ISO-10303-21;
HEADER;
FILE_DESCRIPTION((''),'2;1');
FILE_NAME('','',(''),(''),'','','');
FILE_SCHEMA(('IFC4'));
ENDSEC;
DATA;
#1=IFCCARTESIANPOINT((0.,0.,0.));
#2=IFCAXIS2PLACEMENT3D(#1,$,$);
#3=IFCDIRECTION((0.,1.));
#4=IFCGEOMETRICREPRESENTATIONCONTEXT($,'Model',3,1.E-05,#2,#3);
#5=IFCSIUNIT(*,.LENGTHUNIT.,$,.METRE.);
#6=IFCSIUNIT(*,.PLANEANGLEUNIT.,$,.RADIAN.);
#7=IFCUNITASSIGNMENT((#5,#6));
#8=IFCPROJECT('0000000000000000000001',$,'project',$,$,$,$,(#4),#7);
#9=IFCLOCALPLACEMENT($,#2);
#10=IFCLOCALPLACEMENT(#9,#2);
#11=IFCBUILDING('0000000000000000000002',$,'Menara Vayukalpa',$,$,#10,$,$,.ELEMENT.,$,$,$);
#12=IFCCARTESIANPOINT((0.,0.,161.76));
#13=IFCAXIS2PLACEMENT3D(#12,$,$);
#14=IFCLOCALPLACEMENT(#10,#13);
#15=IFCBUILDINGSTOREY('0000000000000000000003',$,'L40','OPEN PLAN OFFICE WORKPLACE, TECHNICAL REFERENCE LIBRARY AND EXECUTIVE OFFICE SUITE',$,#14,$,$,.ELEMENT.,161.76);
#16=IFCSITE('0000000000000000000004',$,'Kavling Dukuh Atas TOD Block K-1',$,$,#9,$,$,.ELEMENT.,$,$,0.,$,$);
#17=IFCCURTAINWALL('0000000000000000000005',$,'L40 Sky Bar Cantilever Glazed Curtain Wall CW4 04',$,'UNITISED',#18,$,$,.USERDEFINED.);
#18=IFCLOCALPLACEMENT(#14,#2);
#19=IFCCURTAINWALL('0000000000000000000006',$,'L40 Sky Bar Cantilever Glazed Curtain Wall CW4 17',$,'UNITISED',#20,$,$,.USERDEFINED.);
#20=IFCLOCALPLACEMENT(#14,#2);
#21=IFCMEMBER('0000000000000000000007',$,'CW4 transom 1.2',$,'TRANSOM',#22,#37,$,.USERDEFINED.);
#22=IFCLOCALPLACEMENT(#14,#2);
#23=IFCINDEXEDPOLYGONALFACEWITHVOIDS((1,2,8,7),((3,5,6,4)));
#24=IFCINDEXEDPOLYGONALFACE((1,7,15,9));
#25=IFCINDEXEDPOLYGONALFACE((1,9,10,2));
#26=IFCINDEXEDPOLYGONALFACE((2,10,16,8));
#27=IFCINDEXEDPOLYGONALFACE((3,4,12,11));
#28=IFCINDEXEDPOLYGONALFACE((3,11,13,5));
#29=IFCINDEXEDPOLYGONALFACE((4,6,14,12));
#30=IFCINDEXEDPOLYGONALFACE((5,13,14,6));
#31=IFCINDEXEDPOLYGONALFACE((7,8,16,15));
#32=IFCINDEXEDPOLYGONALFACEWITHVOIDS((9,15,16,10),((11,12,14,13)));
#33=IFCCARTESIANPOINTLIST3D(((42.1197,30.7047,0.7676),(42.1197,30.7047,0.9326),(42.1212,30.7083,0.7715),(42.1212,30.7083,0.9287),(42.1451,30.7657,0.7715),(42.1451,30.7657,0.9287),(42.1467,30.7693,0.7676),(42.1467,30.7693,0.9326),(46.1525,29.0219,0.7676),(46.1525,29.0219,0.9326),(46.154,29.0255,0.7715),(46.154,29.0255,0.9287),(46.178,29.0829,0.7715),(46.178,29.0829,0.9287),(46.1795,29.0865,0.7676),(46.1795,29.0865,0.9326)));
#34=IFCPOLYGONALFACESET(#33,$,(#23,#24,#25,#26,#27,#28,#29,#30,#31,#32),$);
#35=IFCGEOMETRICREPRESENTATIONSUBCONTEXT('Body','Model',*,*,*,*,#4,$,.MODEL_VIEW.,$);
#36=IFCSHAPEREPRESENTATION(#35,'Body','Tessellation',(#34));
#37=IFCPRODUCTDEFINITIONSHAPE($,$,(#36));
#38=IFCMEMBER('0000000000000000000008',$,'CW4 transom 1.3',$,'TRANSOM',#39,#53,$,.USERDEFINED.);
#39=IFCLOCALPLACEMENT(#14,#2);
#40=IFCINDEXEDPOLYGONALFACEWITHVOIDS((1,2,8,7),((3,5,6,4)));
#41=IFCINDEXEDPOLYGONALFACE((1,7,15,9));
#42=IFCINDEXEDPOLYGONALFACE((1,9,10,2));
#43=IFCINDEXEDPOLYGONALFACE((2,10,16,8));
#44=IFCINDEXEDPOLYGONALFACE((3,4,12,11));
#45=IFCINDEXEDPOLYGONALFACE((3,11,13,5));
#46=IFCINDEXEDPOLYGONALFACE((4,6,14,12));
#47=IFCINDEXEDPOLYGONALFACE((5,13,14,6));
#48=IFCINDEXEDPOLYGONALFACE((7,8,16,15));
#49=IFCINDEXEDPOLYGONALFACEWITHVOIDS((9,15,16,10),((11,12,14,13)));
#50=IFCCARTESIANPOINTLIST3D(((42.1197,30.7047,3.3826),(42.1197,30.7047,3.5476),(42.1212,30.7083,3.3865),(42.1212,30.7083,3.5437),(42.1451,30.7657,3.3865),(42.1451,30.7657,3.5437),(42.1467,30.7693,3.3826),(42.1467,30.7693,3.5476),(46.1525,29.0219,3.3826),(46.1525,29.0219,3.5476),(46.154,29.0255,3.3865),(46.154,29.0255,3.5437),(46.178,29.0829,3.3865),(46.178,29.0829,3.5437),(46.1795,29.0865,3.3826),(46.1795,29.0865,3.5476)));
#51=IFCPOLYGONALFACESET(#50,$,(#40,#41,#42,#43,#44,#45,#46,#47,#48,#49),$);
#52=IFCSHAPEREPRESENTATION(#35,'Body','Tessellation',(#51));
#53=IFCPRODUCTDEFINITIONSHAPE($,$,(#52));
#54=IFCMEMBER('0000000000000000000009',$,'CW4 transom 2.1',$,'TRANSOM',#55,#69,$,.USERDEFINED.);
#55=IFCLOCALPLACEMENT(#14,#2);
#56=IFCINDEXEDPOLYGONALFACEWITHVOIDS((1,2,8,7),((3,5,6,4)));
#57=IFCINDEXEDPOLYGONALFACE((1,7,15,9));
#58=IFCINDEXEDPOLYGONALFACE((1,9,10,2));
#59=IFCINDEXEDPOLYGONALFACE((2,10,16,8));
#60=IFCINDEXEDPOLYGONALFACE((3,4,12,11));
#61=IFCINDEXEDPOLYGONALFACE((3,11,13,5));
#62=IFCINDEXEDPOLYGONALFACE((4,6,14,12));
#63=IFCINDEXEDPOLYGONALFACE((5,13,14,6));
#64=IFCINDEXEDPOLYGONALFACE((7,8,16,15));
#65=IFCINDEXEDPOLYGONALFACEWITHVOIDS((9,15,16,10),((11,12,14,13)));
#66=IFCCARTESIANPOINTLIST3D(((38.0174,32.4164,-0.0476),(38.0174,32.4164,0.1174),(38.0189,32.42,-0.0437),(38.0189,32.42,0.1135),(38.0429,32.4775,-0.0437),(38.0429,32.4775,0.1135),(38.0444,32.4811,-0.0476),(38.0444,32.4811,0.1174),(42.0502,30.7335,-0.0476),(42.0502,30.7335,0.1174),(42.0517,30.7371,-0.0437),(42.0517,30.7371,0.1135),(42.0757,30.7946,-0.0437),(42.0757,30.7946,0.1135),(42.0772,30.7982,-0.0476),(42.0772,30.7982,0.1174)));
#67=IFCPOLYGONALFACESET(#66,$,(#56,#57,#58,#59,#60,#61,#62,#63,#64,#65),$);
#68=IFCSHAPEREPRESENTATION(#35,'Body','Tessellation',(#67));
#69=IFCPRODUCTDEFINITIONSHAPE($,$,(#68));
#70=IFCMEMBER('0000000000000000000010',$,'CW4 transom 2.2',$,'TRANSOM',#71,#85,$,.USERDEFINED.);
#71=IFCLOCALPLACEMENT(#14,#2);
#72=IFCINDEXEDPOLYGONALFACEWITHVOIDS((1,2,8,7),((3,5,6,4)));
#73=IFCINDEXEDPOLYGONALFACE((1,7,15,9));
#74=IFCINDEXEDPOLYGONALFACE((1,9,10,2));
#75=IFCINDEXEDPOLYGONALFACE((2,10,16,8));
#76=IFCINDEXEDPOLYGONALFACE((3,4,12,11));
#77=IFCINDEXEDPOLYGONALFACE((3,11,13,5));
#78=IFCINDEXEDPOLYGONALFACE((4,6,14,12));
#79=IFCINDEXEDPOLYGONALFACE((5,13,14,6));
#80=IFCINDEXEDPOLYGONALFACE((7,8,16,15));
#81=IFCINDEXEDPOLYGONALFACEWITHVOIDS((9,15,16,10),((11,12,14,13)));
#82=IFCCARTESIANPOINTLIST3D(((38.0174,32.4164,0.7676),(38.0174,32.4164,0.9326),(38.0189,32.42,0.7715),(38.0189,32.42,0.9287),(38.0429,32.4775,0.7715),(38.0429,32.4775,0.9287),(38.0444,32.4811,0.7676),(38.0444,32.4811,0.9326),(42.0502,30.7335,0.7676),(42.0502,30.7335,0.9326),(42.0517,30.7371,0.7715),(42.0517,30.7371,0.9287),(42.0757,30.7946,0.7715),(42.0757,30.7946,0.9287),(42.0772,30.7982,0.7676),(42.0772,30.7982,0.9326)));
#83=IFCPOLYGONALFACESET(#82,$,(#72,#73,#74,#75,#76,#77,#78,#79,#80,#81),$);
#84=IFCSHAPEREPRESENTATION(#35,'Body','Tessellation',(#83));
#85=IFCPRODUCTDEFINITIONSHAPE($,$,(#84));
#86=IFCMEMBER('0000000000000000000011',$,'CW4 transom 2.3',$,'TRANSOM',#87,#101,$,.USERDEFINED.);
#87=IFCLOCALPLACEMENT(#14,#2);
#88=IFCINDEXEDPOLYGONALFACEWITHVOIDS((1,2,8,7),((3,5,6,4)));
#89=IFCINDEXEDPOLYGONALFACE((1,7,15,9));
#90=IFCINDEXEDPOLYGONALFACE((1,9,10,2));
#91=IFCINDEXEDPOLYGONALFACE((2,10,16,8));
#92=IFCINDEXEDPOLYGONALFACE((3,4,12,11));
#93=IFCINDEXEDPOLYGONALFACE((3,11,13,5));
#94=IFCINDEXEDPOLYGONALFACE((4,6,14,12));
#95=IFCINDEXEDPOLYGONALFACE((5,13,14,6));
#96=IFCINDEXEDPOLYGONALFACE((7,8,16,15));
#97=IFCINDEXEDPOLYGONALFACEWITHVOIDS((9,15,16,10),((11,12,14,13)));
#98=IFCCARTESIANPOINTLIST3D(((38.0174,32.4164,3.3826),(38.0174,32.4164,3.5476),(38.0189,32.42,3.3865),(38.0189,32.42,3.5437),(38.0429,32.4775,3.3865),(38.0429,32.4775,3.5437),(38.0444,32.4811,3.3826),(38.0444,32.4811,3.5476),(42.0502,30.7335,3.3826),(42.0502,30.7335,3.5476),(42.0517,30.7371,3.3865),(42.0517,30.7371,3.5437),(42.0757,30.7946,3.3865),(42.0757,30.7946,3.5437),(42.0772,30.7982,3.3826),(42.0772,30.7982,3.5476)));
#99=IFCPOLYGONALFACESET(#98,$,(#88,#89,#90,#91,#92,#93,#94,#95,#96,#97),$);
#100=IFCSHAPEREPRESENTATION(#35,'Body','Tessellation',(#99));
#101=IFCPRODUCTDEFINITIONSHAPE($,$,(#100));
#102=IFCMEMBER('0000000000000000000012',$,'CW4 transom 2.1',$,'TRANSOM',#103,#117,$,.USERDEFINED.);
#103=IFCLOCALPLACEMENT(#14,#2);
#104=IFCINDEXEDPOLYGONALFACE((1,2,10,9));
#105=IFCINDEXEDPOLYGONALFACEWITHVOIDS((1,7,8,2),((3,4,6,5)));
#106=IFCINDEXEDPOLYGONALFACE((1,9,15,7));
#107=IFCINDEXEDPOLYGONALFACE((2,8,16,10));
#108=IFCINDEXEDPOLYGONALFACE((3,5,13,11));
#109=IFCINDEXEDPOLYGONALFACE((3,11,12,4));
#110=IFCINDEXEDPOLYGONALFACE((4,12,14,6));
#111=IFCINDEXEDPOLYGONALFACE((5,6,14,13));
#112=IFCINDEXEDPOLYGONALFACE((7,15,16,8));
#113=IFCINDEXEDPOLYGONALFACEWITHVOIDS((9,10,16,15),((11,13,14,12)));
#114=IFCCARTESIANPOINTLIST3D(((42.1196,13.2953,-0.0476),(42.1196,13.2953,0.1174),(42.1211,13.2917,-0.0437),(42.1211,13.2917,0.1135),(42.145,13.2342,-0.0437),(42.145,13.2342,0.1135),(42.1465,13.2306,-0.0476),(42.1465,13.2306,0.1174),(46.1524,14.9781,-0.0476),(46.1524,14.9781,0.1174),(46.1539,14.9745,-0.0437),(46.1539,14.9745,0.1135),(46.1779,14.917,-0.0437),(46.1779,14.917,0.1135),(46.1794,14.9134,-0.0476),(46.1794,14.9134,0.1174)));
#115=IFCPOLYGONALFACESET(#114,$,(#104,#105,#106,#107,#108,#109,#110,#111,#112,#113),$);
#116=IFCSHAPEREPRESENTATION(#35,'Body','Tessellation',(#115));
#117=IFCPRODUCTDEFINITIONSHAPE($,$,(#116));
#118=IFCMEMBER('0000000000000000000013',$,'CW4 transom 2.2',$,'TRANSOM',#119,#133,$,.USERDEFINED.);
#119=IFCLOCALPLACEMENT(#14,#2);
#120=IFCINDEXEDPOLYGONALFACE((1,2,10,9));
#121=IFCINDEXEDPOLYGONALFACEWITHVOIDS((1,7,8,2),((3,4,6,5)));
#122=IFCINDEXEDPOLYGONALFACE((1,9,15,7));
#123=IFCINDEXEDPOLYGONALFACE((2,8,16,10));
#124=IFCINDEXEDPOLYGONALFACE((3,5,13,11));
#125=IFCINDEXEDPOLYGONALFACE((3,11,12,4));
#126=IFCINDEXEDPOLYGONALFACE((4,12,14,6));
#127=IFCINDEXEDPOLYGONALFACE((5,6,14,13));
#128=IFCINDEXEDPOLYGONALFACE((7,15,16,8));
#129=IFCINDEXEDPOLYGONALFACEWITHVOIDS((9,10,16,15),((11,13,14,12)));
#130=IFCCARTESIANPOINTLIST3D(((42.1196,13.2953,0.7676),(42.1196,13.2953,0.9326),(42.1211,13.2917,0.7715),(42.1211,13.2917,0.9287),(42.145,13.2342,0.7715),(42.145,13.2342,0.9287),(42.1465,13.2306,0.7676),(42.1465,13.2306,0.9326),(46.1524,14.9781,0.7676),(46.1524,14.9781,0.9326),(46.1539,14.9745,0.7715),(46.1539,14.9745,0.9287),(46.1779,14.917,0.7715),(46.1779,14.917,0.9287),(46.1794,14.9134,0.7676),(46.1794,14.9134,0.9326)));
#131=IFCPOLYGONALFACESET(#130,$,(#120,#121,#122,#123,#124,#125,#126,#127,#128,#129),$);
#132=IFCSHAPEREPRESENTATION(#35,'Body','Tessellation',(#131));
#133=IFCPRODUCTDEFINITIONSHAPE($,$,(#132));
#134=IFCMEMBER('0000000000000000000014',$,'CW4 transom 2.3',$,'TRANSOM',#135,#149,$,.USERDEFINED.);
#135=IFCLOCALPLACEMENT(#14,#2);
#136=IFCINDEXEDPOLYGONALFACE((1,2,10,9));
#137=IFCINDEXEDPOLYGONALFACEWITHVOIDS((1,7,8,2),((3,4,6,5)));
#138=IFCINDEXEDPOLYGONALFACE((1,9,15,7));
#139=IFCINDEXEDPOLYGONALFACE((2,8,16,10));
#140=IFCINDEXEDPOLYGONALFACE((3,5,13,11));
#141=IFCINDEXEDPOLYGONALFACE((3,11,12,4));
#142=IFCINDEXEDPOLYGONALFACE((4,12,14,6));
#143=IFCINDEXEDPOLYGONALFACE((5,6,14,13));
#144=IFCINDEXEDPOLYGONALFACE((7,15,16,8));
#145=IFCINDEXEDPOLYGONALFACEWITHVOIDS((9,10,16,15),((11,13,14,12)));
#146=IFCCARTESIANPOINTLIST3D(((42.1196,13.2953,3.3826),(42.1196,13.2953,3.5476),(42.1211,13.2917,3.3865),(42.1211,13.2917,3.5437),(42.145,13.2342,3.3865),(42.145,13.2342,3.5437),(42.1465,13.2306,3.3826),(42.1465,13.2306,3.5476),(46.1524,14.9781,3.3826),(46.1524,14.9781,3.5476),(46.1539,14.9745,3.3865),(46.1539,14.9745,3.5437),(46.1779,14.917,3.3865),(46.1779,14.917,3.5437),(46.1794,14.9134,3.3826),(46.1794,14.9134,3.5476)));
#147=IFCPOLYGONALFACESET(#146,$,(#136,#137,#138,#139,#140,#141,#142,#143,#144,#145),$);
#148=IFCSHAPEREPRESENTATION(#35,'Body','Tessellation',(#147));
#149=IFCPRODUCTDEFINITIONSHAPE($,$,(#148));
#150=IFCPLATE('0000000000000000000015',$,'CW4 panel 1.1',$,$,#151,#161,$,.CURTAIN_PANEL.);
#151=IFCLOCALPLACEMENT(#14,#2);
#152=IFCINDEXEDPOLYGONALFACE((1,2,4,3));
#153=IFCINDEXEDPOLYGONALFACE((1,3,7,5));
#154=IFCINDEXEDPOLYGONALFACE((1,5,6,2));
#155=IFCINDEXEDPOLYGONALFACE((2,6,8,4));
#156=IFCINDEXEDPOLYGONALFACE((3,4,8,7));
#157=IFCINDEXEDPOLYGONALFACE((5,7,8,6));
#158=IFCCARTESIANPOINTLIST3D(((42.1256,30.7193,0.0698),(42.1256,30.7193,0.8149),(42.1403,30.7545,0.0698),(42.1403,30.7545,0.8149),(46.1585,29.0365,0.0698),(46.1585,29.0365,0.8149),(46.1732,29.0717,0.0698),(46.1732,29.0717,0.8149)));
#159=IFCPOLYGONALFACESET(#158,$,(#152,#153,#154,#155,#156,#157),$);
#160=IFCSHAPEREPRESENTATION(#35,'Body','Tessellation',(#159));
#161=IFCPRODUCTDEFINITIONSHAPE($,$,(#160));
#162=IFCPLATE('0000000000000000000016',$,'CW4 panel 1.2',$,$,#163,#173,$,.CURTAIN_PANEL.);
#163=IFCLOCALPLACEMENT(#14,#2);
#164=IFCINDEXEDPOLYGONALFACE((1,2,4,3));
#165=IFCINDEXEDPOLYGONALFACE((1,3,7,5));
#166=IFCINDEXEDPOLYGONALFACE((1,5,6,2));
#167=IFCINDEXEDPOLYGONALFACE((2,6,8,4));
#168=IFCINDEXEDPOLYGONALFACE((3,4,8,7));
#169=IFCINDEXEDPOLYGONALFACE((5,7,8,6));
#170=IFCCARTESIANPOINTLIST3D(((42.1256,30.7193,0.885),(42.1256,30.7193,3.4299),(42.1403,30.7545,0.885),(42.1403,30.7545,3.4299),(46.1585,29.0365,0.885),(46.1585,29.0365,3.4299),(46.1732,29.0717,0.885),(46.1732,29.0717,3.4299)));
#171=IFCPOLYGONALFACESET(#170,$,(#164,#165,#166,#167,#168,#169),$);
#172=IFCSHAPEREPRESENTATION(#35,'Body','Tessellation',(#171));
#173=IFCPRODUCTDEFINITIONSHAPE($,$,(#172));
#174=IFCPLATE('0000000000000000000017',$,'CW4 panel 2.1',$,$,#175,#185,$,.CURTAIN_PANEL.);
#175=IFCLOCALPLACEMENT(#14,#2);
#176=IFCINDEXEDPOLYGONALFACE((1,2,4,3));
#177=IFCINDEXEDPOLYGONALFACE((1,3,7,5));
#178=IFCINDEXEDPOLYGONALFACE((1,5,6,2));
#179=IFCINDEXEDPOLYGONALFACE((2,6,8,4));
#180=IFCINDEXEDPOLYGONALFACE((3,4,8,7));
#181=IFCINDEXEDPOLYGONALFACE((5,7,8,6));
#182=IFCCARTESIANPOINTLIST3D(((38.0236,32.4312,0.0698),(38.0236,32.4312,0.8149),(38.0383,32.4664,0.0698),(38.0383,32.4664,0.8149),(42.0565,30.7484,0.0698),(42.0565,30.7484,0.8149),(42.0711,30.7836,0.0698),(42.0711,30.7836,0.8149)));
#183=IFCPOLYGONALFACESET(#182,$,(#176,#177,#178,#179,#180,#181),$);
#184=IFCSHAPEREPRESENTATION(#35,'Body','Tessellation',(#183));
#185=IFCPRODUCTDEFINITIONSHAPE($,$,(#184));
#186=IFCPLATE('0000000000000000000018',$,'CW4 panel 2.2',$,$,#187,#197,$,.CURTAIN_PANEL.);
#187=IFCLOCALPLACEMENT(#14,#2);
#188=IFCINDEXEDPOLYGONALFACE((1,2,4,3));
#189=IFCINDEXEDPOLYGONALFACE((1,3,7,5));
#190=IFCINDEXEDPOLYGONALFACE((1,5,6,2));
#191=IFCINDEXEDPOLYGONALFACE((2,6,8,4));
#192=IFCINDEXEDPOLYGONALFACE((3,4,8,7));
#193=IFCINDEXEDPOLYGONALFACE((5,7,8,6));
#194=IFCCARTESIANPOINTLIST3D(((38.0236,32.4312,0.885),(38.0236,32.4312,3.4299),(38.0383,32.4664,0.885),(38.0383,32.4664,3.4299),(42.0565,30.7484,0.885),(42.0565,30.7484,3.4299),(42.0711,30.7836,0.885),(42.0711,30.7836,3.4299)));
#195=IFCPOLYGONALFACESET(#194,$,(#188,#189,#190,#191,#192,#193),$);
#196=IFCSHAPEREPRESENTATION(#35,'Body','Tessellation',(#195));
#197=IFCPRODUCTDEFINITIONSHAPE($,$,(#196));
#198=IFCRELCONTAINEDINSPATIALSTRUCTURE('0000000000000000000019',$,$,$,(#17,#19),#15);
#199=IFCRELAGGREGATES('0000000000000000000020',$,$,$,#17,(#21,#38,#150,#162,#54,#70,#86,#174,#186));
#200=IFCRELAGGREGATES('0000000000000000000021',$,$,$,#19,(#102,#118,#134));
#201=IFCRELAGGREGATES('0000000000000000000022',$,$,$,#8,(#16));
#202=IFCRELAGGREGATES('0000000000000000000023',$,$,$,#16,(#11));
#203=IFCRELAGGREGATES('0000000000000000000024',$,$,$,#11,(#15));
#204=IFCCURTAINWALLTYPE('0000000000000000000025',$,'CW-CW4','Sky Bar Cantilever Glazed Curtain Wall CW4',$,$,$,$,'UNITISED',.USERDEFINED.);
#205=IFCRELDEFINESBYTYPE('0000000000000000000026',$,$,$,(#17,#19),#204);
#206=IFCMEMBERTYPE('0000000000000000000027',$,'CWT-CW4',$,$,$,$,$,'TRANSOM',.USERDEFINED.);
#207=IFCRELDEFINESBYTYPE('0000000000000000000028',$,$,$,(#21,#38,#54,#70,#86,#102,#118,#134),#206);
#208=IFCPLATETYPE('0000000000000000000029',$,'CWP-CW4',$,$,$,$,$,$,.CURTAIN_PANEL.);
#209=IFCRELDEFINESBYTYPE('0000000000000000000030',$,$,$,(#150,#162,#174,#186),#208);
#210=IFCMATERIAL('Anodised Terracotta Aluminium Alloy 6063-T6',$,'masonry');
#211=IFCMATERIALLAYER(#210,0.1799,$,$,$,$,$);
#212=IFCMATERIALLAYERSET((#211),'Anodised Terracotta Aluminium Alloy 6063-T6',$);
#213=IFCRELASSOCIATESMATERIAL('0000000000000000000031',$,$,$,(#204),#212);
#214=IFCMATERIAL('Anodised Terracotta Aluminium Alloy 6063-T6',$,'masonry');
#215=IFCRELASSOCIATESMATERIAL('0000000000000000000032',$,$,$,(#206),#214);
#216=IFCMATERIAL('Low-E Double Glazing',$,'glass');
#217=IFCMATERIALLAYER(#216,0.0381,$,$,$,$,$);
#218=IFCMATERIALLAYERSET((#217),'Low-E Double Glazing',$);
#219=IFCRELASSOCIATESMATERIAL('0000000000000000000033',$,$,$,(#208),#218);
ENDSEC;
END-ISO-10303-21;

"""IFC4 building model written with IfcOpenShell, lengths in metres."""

from ifc_helpers import new_model, si_unit, direction, frame, origin, origin_2d, place, context, subcontext, project, spatial, rectangle, hollow_rectangle, extrude, material, layer, layer_set, material_profile, profile_set, type_object, element, aggregate, save


model = new_model("IFC4")

# Units and contexts
model_context = context("Model", 3, precision=1e-05, world=origin(), true_north=direction((0.0, 1.0)))
body_context = subcontext(model_context, "Body", "Model", "MODEL_VIEW")
ifc_project = project(units=[si_unit("LENGTHUNIT", "METRE"), si_unit("PLANEANGLEUNIT", "RADIAN")], contexts=[model_context])

# Site, building, storey
site_placement = place(None, origin())
site = spatial("IfcSite", under=ifc_project, at=site_placement, Name="Kavling Dukuh Atas TOD Block K-1", CompositionType="ELEMENT", RefElevation=0.0)
building_placement = place(site_placement, origin())
building = spatial("IfcBuilding", under=site, at=building_placement, Name="Menara Vayukalpa", CompositionType="ELEMENT")
storey_placement = place(building_placement, frame((0.0, 0.0, 161.76)))
storey = spatial("IfcBuildingStorey", under=building, at=storey_placement, Name="L40", Description="OPEN PLAN OFFICE WORKPLACE, TECHNICAL REFERENCE LIBRARY AND EXECUTIVE OFFICE SUITE", CompositionType="ELEMENT", Elevation=161.76)

# Curtain walls
ifc_material_1 = material(Name="Anodised Terracotta Aluminium Alloy 6063-T6", Category="masonry")
ifc_layer_1 = layer(ifc_material_1, 0.1799)
ifc_layer_set_1 = layer_set([ifc_layer_1], Name="Anodised Terracotta Aluminium Alloy 6063-T6")
curtain_wall_type = type_object("IfcCurtainWallType", Name="CW-CW4", Description="Sky Bar Cantilever Glazed Curtain Wall CW4", ElementType="UNITISED", PredefinedType="USERDEFINED", material=ifc_layer_set_1)
curtain_wall_1_placement = place(storey_placement, origin())
curtain_wall_1 = element("IfcCurtainWall", 1, at=curtain_wall_1_placement, inside=storey, type_object=curtain_wall_type, Name="L40 Sky Bar Cantilever Glazed Curtain Wall CW4 04", ObjectType="UNITISED", PredefinedType="USERDEFINED")
curtain_wall_2_placement = place(storey_placement, origin())
curtain_wall_2 = element("IfcCurtainWall", 2, at=curtain_wall_2_placement, inside=storey, type_object=curtain_wall_type, Name="L40 Sky Bar Cantilever Glazed Curtain Wall CW4 17", ObjectType="UNITISED", PredefinedType="USERDEFINED")

# Members
ifc_material_2 = material(Name="Anodised Terracotta Aluminium Alloy 6063-T6", Category="masonry")
ifc_material_profile_1 = material_profile(ifc_material_2, hollow_rectangle(XDim=0.0701, YDim=0.165, WallThickness=0.0039, at=origin_2d()), Name="ALU 70x165x4")
ifc_profile_set_1 = profile_set([ifc_material_profile_1], Name="Anodised Terracotta Aluminium Alloy 6063-T6")
member_type_1 = type_object("IfcMemberType", Name="CWT-CW4", ElementType="TRANSOM", PredefinedType="USERDEFINED", material=ifc_profile_set_1)
member_1_placement = place(storey_placement, frame((46.166, 29.0542, 0.8501), z_axis=(-0.922877, 0.385095, 0.0), x_axis=(-0.385095, -0.922877, 0.0)))
member_1 = element("IfcMember", 3, at=member_1_placement, type_object=member_type_1, Name="CW4 transom 1.2", ObjectType="TRANSOM", PredefinedType="USERDEFINED", context=body_context, shape_type="SweptSolid", body=[
    extrude(hollow_rectangle(XDim=0.0701, YDim=0.165, WallThickness=0.0039, at=origin_2d()), origin(), (0.0, 0.0, 1.0), 4.3699),
])
member_2_placement = place(storey_placement, frame((46.166, 29.0542, 3.4651), z_axis=(-0.922877, 0.385095, 0.0), x_axis=(-0.385095, -0.922877, 0.0)))
member_2 = element("IfcMember", 4, at=member_2_placement, type_object=member_type_1, Name="CW4 transom 1.3", ObjectType="TRANSOM", PredefinedType="USERDEFINED", context=body_context, shape_type="SweptSolid", body=[
    extrude(hollow_rectangle(XDim=0.0701, YDim=0.165, WallThickness=0.0039, at=origin_2d()), origin(), (0.0, 0.0, 1.0), 4.3699),
])
member_3_placement = place(storey_placement, frame((42.0637, 30.7659, 0.0349), z_axis=(-0.922869, 0.385115, 0.0), x_axis=(-0.385115, -0.922869, 0.0)))
member_3 = element("IfcMember", 5, at=member_3_placement, type_object=member_type_1, Name="CW4 transom 2.1", ObjectType="TRANSOM", PredefinedType="USERDEFINED", context=body_context, shape_type="SweptSolid", body=[
    extrude(hollow_rectangle(XDim=0.0701, YDim=0.165, WallThickness=0.0039, at=origin_2d()), origin(), (0.0, 0.0, 1.0), 4.3699),
])
member_4_placement = place(storey_placement, frame((42.0637, 30.7659, 0.8501), z_axis=(-0.922869, 0.385115, 0.0), x_axis=(-0.385115, -0.922869, 0.0)))
member_4 = element("IfcMember", 6, at=member_4_placement, type_object=member_type_1, Name="CW4 transom 2.2", ObjectType="TRANSOM", PredefinedType="USERDEFINED", context=body_context, shape_type="SweptSolid", body=[
    extrude(hollow_rectangle(XDim=0.0701, YDim=0.165, WallThickness=0.0039, at=origin_2d()), origin(), (0.0, 0.0, 1.0), 4.3699),
])
member_5_placement = place(storey_placement, frame((42.0637, 30.7659, 3.4651), z_axis=(-0.922869, 0.385115, 0.0), x_axis=(-0.385115, -0.922869, 0.0)))
member_5 = element("IfcMember", 7, at=member_5_placement, type_object=member_type_1, Name="CW4 transom 2.3", ObjectType="TRANSOM", PredefinedType="USERDEFINED", context=body_context, shape_type="SweptSolid", body=[
    extrude(hollow_rectangle(XDim=0.0701, YDim=0.165, WallThickness=0.0039, at=origin_2d()), origin(), (0.0, 0.0, 1.0), 4.3699),
])
member_6_placement = place(storey_placement, frame((42.1331, 13.2629, 0.0349), z_axis=(0.922877, 0.385095, 0.0), x_axis=(-0.385095, 0.922877, 0.0)))
member_6 = element("IfcMember", 8, at=member_6_placement, type_object=member_type_1, Name="CW4 transom 2.1", ObjectType="TRANSOM", PredefinedType="USERDEFINED", context=body_context, shape_type="SweptSolid", body=[
    extrude(hollow_rectangle(XDim=0.0701, YDim=0.165, WallThickness=0.0039, at=origin_2d()), origin(), (0.0, 0.0, 1.0), 4.3699),
])
member_7_placement = place(storey_placement, frame((42.1331, 13.2629, 0.8501), z_axis=(0.922877, 0.385095, 0.0), x_axis=(-0.385095, 0.922877, 0.0)))
member_7 = element("IfcMember", 9, at=member_7_placement, type_object=member_type_1, Name="CW4 transom 2.2", ObjectType="TRANSOM", PredefinedType="USERDEFINED", context=body_context, shape_type="SweptSolid", body=[
    extrude(hollow_rectangle(XDim=0.0701, YDim=0.165, WallThickness=0.0039, at=origin_2d()), origin(), (0.0, 0.0, 1.0), 4.3699),
])
member_8_placement = place(storey_placement, frame((42.1331, 13.2629, 3.4651), z_axis=(0.922877, 0.385095, 0.0), x_axis=(-0.385095, 0.922877, 0.0)))
member_8 = element("IfcMember", 10, at=member_8_placement, type_object=member_type_1, Name="CW4 transom 2.3", ObjectType="TRANSOM", PredefinedType="USERDEFINED", context=body_context, shape_type="SweptSolid", body=[
    extrude(hollow_rectangle(XDim=0.0701, YDim=0.165, WallThickness=0.0039, at=origin_2d()), origin(), (0.0, 0.0, 1.0), 4.3699),
])

# Plates
ifc_material_3 = material(Name="Low-E Double Glazing", Category="glass")
ifc_layer_2 = layer(ifc_material_3, 0.0381)
ifc_layer_set_2 = layer_set([ifc_layer_2], Name="Low-E Double Glazing")
plate_type = type_object("IfcPlateType", Name="CWP-CW4", PredefinedType="CURTAIN_PANEL", material=ifc_layer_set_2)
plate_1_placement = place(storey_placement, frame((44.1494, 29.8955, 0.0698), z_axis=(0.0, 0.0, 1.0), x_axis=(-0.922878, 0.385091, 0.0)))
plate_1 = element("IfcPlate", 11, at=plate_1_placement, type_object=plate_type, Name="CW4 panel 1.1", PredefinedType="CURTAIN_PANEL", context=body_context, shape_type="SweptSolid", body=[
    extrude(rectangle(XDim=4.3699, YDim=0.0381, at=origin_2d()), origin(), (0.0, 0.0, 1.0), 0.7451),
])
plate_2_placement = place(storey_placement, frame((44.1494, 29.8955, 0.885), z_axis=(0.0, 0.0, 1.0), x_axis=(-0.922878, 0.385091, 0.0)))
plate_2 = element("IfcPlate", 12, at=plate_2_placement, type_object=plate_type, Name="CW4 panel 1.2", PredefinedType="CURTAIN_PANEL", context=body_context, shape_type="SweptSolid", body=[
    extrude(rectangle(XDim=4.3699, YDim=0.0381, at=origin_2d()), origin(), (0.0, 0.0, 1.0), 2.5449),
])
plate_3_placement = place(storey_placement, frame((40.0474, 31.6074, 0.0698), z_axis=(0.0, 0.0, 1.0), x_axis=(-0.922878, 0.385091, 0.0)))
plate_3 = element("IfcPlate", 13, at=plate_3_placement, type_object=plate_type, Name="CW4 panel 2.1", PredefinedType="CURTAIN_PANEL", context=body_context, shape_type="SweptSolid", body=[
    extrude(rectangle(XDim=4.3699, YDim=0.0381, at=origin_2d()), origin(), (0.0, 0.0, 1.0), 0.7451),
])
plate_4_placement = place(storey_placement, frame((40.0474, 31.6074, 0.885), z_axis=(0.0, 0.0, 1.0), x_axis=(-0.922878, 0.385091, 0.0)))
plate_4 = element("IfcPlate", 14, at=plate_4_placement, type_object=plate_type, Name="CW4 panel 2.2", PredefinedType="CURTAIN_PANEL", context=body_context, shape_type="SweptSolid", body=[
    extrude(rectangle(XDim=4.3699, YDim=0.0381, at=origin_2d()), origin(), (0.0, 0.0, 1.0), 2.5449),
])
aggregate(curtain_wall_1, [member_1, member_2, plate_1, plate_2, member_3, member_4, member_5, plate_3, plate_4])
aggregate(curtain_wall_2, [member_6, member_7, member_8])

save(model, "model.ifc")
